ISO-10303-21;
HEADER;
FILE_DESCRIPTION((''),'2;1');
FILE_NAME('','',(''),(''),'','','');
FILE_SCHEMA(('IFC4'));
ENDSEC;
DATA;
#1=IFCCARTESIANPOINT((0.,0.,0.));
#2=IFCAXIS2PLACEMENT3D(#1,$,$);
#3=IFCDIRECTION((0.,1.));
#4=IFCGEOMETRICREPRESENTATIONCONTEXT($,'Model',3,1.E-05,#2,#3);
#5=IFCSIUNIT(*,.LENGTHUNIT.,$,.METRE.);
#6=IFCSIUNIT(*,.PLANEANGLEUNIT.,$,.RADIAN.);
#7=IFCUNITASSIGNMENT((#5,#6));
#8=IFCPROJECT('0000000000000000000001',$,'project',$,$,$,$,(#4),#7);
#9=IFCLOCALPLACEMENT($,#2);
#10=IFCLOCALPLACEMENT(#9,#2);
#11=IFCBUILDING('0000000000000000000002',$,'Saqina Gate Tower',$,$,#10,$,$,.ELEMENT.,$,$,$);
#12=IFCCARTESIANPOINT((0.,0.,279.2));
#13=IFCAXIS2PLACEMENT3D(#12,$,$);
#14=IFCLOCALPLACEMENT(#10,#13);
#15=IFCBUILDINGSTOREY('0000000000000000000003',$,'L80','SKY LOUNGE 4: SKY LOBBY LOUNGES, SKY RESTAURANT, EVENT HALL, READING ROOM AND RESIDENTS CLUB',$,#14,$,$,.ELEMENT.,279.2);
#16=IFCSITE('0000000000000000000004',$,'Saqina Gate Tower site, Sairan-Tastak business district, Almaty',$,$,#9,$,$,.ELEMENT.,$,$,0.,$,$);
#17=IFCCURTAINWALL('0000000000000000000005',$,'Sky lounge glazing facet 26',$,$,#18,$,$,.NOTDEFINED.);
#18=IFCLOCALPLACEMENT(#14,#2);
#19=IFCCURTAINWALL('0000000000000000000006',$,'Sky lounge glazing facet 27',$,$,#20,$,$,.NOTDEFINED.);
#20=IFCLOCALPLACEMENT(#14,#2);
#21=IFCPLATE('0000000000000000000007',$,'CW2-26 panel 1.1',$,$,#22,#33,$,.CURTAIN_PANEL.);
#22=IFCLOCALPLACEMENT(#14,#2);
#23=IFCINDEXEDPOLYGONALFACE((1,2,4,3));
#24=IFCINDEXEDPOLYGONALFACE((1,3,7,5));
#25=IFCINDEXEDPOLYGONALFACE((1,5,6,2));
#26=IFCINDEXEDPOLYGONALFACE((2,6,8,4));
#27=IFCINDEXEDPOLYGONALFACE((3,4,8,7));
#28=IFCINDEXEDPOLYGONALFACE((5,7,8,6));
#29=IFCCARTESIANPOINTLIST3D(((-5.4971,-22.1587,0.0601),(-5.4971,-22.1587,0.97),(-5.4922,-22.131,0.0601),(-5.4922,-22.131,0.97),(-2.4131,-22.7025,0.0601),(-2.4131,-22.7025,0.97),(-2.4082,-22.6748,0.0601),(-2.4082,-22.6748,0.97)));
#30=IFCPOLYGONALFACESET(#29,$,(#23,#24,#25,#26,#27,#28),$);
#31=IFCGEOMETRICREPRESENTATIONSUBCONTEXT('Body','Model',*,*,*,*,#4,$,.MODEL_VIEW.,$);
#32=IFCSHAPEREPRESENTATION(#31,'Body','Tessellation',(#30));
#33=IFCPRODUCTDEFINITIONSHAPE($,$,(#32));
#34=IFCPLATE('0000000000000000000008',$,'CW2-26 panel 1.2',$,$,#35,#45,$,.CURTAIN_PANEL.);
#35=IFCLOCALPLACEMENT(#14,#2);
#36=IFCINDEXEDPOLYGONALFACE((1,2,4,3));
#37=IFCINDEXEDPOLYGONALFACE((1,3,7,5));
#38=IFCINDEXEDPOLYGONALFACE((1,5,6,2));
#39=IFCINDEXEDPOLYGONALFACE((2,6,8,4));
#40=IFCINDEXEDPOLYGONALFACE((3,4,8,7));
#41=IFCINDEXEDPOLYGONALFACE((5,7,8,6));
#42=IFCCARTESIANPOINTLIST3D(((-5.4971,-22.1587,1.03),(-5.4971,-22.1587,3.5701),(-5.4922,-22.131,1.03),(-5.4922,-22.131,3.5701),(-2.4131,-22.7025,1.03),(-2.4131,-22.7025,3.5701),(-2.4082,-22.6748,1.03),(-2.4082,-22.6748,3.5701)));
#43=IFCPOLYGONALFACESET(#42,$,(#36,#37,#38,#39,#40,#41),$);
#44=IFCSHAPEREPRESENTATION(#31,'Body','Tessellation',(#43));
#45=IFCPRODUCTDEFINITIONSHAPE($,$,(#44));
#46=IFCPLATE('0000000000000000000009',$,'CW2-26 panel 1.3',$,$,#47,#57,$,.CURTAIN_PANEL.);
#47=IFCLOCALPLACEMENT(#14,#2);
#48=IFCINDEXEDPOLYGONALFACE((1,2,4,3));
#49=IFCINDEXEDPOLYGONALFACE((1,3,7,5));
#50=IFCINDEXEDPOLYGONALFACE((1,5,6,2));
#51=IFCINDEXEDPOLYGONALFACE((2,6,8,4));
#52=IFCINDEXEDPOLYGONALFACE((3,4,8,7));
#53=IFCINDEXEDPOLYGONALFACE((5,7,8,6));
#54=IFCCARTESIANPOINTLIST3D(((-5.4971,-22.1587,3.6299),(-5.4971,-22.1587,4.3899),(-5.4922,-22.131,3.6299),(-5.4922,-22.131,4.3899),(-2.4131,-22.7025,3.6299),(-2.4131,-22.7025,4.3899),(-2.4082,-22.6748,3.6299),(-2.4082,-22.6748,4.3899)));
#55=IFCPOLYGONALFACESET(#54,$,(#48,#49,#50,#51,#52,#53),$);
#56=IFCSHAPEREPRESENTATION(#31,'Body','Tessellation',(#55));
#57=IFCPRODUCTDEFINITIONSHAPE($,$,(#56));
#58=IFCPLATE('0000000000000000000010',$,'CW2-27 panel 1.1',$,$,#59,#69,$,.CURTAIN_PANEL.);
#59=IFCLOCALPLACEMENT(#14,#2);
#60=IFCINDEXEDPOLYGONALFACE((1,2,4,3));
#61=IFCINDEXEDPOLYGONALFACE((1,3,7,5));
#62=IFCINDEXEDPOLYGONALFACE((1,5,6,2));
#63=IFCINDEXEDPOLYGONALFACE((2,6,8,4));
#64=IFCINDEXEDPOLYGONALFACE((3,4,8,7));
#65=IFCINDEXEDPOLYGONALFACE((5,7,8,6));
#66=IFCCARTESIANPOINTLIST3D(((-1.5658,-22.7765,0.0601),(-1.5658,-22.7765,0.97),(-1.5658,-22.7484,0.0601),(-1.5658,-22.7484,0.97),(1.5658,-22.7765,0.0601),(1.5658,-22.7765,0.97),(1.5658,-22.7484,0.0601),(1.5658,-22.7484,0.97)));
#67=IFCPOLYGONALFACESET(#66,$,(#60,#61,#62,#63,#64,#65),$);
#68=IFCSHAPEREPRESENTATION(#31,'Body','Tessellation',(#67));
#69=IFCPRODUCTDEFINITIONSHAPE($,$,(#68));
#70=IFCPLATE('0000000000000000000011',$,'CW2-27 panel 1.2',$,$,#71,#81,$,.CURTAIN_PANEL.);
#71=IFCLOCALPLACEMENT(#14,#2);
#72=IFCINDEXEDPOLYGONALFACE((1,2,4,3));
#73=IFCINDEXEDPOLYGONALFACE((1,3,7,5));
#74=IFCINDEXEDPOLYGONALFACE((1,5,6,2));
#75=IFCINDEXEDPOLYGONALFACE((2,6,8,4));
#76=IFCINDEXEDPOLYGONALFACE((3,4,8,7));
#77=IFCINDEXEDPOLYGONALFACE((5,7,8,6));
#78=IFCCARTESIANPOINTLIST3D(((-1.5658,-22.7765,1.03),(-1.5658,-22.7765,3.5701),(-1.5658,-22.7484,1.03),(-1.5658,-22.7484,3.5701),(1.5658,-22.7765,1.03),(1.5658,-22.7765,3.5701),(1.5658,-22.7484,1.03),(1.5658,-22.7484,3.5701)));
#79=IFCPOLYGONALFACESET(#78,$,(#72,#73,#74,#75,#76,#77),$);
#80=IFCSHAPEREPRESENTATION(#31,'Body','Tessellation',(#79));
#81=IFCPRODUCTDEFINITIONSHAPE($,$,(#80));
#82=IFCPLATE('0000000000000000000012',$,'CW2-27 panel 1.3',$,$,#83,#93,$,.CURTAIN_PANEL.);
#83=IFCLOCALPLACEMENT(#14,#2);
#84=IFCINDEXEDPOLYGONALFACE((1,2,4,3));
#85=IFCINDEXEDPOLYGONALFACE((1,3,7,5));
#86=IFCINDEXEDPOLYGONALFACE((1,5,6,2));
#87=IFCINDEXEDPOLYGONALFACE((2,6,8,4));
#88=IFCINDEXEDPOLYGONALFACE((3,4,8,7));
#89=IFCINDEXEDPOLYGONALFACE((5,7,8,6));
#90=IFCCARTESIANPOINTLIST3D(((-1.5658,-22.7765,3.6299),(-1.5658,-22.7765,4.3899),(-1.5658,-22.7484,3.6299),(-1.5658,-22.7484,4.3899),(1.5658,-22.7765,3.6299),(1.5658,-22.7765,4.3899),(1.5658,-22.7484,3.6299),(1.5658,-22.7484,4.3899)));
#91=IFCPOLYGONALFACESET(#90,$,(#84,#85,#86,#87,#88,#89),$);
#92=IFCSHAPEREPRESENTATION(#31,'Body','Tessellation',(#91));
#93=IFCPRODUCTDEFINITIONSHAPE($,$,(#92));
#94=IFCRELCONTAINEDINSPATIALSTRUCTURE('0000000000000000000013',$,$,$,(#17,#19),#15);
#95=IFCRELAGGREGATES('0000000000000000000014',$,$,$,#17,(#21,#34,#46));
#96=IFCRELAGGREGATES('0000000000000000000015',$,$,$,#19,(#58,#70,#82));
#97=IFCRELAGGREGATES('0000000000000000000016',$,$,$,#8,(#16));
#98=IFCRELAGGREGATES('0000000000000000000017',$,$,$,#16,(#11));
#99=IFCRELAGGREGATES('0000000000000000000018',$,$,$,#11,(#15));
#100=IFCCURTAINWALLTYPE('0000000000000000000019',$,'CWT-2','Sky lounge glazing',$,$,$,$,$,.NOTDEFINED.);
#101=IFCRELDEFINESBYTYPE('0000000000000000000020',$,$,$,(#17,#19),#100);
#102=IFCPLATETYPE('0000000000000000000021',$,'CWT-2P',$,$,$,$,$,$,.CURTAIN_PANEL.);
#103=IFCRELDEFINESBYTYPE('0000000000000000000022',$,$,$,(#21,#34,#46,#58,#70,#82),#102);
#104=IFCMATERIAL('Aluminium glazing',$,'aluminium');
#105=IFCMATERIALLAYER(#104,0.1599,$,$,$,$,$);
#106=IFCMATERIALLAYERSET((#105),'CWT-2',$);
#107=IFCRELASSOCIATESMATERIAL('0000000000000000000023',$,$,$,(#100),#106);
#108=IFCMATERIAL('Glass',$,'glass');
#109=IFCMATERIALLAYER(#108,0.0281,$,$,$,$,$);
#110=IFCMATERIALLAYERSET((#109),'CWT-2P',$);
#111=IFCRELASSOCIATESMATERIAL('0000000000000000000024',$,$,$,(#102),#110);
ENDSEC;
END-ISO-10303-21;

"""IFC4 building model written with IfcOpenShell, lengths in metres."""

from ifc_helpers import new_model, si_unit, direction, frame, origin, origin_2d, place, context, subcontext, project, spatial, rectangle, extrude, material, layer, layer_set, type_object, element, aggregate, save


model = new_model("IFC4")

# Units and contexts
model_context = context("Model", 3, precision=1e-05, world=origin(), true_north=direction((0.0, 1.0)))
body_context = subcontext(model_context, "Body", "Model", "MODEL_VIEW")
ifc_project = project(units=[si_unit("LENGTHUNIT", "METRE"), si_unit("PLANEANGLEUNIT", "RADIAN")], contexts=[model_context])

# Site, building, storey
site_placement = place(None, origin())
site = spatial("IfcSite", under=ifc_project, at=site_placement, Name="Saqina Gate Tower site, Sairan-Tastak business district, Almaty", CompositionType="ELEMENT", RefElevation=0.0)
building_placement = place(site_placement, origin())
building = spatial("IfcBuilding", under=site, at=building_placement, Name="Saqina Gate Tower", CompositionType="ELEMENT")
storey_placement = place(building_placement, frame((0.0, 0.0, 279.2)))
storey = spatial("IfcBuildingStorey", under=building, at=storey_placement, Name="L80", Description="SKY LOUNGE 4: SKY LOBBY LOUNGES, SKY RESTAURANT, EVENT HALL, READING ROOM AND RESIDENTS CLUB", CompositionType="ELEMENT", Elevation=279.2)

# Shared definitions
ifc_material_1 = material(Name="Aluminium glazing", Category="aluminium")
ifc_layer_1 = layer(ifc_material_1, 0.1599)
ifc_layer_set_1 = layer_set([ifc_layer_1], Name="CWT-2")
curtain_wall_type = type_object("IfcCurtainWallType", Name="CWT-2", Description="Sky lounge glazing", PredefinedType="NOTDEFINED", material=ifc_layer_set_1)

# Curtain wall
curtain_wall_1_placement = place(storey_placement, origin())
curtain_wall_1 = element("IfcCurtainWall", 1, at=curtain_wall_1_placement, inside=storey, type_object=curtain_wall_type, Name="Sky lounge glazing facet 26", PredefinedType="NOTDEFINED")

# Curtain wall
curtain_wall_2_placement = place(storey_placement, origin())
curtain_wall_2 = element("IfcCurtainWall", 2, at=curtain_wall_2_placement, inside=storey, type_object=curtain_wall_type, Name="Sky lounge glazing facet 27", PredefinedType="NOTDEFINED")

# Plates
ifc_material_2 = material(Name="Glass", Category="glass")
ifc_layer_2 = layer(ifc_material_2, 0.0281)
ifc_layer_set_2 = layer_set([ifc_layer_2], Name="CWT-2P")
plate_type = type_object("IfcPlateType", Name="CWT-2P", PredefinedType="CURTAIN_PANEL", material=ifc_layer_set_2)
plate_1_placement = place(storey_placement, frame((-3.9526, -22.4167, 0.0601), z_axis=(0.0, 0.0, 1.0), x_axis=(0.984805, -0.173663, 0.0)))
plate_1 = element("IfcPlate", 3, at=plate_1_placement, type_object=plate_type, Name="CW2-26 panel 1.1", PredefinedType="CURTAIN_PANEL", context=body_context, shape_type="SweptSolid", body=[
    extrude(rectangle(XDim=3.1316, YDim=0.0281, at=origin_2d()), origin(), (0.0, 0.0, 1.0), 0.9099),
])
plate_2_placement = place(storey_placement, frame((-3.9526, -22.4167, 1.03), z_axis=(0.0, 0.0, 1.0), x_axis=(0.984805, -0.173663, 0.0)))
plate_2 = element("IfcPlate", 4, at=plate_2_placement, type_object=plate_type, Name="CW2-26 panel 1.2", PredefinedType="CURTAIN_PANEL", context=body_context, shape_type="SweptSolid", body=[
    extrude(rectangle(XDim=3.1316, YDim=0.0281, at=origin_2d()), origin(), (0.0, 0.0, 1.0), 2.54),
])
plate_3_placement = place(storey_placement, frame((-3.9526, -22.4167, 3.6299), z_axis=(0.0, 0.0, 1.0), x_axis=(0.984805, -0.173663, 0.0)))
plate_3 = element("IfcPlate", 5, at=plate_3_placement, type_object=plate_type, Name="CW2-26 panel 1.3", PredefinedType="CURTAIN_PANEL", context=body_context, shape_type="SweptSolid", body=[
    extrude(rectangle(XDim=3.1316, YDim=0.0281, at=origin_2d()), origin(), (0.0, 0.0, 1.0), 0.76),
])
aggregate(curtain_wall_1, [plate_1, plate_2, plate_3])
plate_4_placement = place(storey_placement, frame((0.0, -22.7625, 0.0601), z_axis=(0.0, 0.0, 1.0), x_axis=(1.0, 0.0, 0.0)))
plate_4 = element("IfcPlate", 6, at=plate_4_placement, type_object=plate_type, Name="CW2-27 panel 1.1", PredefinedType="CURTAIN_PANEL", context=body_context, shape_type="SweptSolid", body=[
    extrude(rectangle(XDim=3.1316, YDim=0.0281, at=origin_2d()), origin(), (0.0, 0.0, 1.0), 0.9099),
])
plate_5_placement = place(storey_placement, frame((0.0, -22.7625, 1.03), z_axis=(0.0, 0.0, 1.0), x_axis=(1.0, 0.0, 0.0)))
plate_5 = element("IfcPlate", 7, at=plate_5_placement, type_object=plate_type, Name="CW2-27 panel 1.2", PredefinedType="CURTAIN_PANEL", context=body_context, shape_type="SweptSolid", body=[
    extrude(rectangle(XDim=3.1316, YDim=0.0281, at=origin_2d()), origin(), (0.0, 0.0, 1.0), 2.54),
])
plate_6_placement = place(storey_placement, frame((0.0, -22.7625, 3.6299), z_axis=(0.0, 0.0, 1.0), x_axis=(1.0, 0.0, 0.0)))
plate_6 = element("IfcPlate", 8, at=plate_6_placement, type_object=plate_type, Name="CW2-27 panel 1.3", PredefinedType="CURTAIN_PANEL", context=body_context, shape_type="SweptSolid", body=[
    extrude(rectangle(XDim=3.1316, YDim=0.0281, at=origin_2d()), origin(), (0.0, 0.0, 1.0), 0.76),
])
aggregate(curtain_wall_2, [plate_4, plate_5, plate_6])

save(model, "model.ifc")
